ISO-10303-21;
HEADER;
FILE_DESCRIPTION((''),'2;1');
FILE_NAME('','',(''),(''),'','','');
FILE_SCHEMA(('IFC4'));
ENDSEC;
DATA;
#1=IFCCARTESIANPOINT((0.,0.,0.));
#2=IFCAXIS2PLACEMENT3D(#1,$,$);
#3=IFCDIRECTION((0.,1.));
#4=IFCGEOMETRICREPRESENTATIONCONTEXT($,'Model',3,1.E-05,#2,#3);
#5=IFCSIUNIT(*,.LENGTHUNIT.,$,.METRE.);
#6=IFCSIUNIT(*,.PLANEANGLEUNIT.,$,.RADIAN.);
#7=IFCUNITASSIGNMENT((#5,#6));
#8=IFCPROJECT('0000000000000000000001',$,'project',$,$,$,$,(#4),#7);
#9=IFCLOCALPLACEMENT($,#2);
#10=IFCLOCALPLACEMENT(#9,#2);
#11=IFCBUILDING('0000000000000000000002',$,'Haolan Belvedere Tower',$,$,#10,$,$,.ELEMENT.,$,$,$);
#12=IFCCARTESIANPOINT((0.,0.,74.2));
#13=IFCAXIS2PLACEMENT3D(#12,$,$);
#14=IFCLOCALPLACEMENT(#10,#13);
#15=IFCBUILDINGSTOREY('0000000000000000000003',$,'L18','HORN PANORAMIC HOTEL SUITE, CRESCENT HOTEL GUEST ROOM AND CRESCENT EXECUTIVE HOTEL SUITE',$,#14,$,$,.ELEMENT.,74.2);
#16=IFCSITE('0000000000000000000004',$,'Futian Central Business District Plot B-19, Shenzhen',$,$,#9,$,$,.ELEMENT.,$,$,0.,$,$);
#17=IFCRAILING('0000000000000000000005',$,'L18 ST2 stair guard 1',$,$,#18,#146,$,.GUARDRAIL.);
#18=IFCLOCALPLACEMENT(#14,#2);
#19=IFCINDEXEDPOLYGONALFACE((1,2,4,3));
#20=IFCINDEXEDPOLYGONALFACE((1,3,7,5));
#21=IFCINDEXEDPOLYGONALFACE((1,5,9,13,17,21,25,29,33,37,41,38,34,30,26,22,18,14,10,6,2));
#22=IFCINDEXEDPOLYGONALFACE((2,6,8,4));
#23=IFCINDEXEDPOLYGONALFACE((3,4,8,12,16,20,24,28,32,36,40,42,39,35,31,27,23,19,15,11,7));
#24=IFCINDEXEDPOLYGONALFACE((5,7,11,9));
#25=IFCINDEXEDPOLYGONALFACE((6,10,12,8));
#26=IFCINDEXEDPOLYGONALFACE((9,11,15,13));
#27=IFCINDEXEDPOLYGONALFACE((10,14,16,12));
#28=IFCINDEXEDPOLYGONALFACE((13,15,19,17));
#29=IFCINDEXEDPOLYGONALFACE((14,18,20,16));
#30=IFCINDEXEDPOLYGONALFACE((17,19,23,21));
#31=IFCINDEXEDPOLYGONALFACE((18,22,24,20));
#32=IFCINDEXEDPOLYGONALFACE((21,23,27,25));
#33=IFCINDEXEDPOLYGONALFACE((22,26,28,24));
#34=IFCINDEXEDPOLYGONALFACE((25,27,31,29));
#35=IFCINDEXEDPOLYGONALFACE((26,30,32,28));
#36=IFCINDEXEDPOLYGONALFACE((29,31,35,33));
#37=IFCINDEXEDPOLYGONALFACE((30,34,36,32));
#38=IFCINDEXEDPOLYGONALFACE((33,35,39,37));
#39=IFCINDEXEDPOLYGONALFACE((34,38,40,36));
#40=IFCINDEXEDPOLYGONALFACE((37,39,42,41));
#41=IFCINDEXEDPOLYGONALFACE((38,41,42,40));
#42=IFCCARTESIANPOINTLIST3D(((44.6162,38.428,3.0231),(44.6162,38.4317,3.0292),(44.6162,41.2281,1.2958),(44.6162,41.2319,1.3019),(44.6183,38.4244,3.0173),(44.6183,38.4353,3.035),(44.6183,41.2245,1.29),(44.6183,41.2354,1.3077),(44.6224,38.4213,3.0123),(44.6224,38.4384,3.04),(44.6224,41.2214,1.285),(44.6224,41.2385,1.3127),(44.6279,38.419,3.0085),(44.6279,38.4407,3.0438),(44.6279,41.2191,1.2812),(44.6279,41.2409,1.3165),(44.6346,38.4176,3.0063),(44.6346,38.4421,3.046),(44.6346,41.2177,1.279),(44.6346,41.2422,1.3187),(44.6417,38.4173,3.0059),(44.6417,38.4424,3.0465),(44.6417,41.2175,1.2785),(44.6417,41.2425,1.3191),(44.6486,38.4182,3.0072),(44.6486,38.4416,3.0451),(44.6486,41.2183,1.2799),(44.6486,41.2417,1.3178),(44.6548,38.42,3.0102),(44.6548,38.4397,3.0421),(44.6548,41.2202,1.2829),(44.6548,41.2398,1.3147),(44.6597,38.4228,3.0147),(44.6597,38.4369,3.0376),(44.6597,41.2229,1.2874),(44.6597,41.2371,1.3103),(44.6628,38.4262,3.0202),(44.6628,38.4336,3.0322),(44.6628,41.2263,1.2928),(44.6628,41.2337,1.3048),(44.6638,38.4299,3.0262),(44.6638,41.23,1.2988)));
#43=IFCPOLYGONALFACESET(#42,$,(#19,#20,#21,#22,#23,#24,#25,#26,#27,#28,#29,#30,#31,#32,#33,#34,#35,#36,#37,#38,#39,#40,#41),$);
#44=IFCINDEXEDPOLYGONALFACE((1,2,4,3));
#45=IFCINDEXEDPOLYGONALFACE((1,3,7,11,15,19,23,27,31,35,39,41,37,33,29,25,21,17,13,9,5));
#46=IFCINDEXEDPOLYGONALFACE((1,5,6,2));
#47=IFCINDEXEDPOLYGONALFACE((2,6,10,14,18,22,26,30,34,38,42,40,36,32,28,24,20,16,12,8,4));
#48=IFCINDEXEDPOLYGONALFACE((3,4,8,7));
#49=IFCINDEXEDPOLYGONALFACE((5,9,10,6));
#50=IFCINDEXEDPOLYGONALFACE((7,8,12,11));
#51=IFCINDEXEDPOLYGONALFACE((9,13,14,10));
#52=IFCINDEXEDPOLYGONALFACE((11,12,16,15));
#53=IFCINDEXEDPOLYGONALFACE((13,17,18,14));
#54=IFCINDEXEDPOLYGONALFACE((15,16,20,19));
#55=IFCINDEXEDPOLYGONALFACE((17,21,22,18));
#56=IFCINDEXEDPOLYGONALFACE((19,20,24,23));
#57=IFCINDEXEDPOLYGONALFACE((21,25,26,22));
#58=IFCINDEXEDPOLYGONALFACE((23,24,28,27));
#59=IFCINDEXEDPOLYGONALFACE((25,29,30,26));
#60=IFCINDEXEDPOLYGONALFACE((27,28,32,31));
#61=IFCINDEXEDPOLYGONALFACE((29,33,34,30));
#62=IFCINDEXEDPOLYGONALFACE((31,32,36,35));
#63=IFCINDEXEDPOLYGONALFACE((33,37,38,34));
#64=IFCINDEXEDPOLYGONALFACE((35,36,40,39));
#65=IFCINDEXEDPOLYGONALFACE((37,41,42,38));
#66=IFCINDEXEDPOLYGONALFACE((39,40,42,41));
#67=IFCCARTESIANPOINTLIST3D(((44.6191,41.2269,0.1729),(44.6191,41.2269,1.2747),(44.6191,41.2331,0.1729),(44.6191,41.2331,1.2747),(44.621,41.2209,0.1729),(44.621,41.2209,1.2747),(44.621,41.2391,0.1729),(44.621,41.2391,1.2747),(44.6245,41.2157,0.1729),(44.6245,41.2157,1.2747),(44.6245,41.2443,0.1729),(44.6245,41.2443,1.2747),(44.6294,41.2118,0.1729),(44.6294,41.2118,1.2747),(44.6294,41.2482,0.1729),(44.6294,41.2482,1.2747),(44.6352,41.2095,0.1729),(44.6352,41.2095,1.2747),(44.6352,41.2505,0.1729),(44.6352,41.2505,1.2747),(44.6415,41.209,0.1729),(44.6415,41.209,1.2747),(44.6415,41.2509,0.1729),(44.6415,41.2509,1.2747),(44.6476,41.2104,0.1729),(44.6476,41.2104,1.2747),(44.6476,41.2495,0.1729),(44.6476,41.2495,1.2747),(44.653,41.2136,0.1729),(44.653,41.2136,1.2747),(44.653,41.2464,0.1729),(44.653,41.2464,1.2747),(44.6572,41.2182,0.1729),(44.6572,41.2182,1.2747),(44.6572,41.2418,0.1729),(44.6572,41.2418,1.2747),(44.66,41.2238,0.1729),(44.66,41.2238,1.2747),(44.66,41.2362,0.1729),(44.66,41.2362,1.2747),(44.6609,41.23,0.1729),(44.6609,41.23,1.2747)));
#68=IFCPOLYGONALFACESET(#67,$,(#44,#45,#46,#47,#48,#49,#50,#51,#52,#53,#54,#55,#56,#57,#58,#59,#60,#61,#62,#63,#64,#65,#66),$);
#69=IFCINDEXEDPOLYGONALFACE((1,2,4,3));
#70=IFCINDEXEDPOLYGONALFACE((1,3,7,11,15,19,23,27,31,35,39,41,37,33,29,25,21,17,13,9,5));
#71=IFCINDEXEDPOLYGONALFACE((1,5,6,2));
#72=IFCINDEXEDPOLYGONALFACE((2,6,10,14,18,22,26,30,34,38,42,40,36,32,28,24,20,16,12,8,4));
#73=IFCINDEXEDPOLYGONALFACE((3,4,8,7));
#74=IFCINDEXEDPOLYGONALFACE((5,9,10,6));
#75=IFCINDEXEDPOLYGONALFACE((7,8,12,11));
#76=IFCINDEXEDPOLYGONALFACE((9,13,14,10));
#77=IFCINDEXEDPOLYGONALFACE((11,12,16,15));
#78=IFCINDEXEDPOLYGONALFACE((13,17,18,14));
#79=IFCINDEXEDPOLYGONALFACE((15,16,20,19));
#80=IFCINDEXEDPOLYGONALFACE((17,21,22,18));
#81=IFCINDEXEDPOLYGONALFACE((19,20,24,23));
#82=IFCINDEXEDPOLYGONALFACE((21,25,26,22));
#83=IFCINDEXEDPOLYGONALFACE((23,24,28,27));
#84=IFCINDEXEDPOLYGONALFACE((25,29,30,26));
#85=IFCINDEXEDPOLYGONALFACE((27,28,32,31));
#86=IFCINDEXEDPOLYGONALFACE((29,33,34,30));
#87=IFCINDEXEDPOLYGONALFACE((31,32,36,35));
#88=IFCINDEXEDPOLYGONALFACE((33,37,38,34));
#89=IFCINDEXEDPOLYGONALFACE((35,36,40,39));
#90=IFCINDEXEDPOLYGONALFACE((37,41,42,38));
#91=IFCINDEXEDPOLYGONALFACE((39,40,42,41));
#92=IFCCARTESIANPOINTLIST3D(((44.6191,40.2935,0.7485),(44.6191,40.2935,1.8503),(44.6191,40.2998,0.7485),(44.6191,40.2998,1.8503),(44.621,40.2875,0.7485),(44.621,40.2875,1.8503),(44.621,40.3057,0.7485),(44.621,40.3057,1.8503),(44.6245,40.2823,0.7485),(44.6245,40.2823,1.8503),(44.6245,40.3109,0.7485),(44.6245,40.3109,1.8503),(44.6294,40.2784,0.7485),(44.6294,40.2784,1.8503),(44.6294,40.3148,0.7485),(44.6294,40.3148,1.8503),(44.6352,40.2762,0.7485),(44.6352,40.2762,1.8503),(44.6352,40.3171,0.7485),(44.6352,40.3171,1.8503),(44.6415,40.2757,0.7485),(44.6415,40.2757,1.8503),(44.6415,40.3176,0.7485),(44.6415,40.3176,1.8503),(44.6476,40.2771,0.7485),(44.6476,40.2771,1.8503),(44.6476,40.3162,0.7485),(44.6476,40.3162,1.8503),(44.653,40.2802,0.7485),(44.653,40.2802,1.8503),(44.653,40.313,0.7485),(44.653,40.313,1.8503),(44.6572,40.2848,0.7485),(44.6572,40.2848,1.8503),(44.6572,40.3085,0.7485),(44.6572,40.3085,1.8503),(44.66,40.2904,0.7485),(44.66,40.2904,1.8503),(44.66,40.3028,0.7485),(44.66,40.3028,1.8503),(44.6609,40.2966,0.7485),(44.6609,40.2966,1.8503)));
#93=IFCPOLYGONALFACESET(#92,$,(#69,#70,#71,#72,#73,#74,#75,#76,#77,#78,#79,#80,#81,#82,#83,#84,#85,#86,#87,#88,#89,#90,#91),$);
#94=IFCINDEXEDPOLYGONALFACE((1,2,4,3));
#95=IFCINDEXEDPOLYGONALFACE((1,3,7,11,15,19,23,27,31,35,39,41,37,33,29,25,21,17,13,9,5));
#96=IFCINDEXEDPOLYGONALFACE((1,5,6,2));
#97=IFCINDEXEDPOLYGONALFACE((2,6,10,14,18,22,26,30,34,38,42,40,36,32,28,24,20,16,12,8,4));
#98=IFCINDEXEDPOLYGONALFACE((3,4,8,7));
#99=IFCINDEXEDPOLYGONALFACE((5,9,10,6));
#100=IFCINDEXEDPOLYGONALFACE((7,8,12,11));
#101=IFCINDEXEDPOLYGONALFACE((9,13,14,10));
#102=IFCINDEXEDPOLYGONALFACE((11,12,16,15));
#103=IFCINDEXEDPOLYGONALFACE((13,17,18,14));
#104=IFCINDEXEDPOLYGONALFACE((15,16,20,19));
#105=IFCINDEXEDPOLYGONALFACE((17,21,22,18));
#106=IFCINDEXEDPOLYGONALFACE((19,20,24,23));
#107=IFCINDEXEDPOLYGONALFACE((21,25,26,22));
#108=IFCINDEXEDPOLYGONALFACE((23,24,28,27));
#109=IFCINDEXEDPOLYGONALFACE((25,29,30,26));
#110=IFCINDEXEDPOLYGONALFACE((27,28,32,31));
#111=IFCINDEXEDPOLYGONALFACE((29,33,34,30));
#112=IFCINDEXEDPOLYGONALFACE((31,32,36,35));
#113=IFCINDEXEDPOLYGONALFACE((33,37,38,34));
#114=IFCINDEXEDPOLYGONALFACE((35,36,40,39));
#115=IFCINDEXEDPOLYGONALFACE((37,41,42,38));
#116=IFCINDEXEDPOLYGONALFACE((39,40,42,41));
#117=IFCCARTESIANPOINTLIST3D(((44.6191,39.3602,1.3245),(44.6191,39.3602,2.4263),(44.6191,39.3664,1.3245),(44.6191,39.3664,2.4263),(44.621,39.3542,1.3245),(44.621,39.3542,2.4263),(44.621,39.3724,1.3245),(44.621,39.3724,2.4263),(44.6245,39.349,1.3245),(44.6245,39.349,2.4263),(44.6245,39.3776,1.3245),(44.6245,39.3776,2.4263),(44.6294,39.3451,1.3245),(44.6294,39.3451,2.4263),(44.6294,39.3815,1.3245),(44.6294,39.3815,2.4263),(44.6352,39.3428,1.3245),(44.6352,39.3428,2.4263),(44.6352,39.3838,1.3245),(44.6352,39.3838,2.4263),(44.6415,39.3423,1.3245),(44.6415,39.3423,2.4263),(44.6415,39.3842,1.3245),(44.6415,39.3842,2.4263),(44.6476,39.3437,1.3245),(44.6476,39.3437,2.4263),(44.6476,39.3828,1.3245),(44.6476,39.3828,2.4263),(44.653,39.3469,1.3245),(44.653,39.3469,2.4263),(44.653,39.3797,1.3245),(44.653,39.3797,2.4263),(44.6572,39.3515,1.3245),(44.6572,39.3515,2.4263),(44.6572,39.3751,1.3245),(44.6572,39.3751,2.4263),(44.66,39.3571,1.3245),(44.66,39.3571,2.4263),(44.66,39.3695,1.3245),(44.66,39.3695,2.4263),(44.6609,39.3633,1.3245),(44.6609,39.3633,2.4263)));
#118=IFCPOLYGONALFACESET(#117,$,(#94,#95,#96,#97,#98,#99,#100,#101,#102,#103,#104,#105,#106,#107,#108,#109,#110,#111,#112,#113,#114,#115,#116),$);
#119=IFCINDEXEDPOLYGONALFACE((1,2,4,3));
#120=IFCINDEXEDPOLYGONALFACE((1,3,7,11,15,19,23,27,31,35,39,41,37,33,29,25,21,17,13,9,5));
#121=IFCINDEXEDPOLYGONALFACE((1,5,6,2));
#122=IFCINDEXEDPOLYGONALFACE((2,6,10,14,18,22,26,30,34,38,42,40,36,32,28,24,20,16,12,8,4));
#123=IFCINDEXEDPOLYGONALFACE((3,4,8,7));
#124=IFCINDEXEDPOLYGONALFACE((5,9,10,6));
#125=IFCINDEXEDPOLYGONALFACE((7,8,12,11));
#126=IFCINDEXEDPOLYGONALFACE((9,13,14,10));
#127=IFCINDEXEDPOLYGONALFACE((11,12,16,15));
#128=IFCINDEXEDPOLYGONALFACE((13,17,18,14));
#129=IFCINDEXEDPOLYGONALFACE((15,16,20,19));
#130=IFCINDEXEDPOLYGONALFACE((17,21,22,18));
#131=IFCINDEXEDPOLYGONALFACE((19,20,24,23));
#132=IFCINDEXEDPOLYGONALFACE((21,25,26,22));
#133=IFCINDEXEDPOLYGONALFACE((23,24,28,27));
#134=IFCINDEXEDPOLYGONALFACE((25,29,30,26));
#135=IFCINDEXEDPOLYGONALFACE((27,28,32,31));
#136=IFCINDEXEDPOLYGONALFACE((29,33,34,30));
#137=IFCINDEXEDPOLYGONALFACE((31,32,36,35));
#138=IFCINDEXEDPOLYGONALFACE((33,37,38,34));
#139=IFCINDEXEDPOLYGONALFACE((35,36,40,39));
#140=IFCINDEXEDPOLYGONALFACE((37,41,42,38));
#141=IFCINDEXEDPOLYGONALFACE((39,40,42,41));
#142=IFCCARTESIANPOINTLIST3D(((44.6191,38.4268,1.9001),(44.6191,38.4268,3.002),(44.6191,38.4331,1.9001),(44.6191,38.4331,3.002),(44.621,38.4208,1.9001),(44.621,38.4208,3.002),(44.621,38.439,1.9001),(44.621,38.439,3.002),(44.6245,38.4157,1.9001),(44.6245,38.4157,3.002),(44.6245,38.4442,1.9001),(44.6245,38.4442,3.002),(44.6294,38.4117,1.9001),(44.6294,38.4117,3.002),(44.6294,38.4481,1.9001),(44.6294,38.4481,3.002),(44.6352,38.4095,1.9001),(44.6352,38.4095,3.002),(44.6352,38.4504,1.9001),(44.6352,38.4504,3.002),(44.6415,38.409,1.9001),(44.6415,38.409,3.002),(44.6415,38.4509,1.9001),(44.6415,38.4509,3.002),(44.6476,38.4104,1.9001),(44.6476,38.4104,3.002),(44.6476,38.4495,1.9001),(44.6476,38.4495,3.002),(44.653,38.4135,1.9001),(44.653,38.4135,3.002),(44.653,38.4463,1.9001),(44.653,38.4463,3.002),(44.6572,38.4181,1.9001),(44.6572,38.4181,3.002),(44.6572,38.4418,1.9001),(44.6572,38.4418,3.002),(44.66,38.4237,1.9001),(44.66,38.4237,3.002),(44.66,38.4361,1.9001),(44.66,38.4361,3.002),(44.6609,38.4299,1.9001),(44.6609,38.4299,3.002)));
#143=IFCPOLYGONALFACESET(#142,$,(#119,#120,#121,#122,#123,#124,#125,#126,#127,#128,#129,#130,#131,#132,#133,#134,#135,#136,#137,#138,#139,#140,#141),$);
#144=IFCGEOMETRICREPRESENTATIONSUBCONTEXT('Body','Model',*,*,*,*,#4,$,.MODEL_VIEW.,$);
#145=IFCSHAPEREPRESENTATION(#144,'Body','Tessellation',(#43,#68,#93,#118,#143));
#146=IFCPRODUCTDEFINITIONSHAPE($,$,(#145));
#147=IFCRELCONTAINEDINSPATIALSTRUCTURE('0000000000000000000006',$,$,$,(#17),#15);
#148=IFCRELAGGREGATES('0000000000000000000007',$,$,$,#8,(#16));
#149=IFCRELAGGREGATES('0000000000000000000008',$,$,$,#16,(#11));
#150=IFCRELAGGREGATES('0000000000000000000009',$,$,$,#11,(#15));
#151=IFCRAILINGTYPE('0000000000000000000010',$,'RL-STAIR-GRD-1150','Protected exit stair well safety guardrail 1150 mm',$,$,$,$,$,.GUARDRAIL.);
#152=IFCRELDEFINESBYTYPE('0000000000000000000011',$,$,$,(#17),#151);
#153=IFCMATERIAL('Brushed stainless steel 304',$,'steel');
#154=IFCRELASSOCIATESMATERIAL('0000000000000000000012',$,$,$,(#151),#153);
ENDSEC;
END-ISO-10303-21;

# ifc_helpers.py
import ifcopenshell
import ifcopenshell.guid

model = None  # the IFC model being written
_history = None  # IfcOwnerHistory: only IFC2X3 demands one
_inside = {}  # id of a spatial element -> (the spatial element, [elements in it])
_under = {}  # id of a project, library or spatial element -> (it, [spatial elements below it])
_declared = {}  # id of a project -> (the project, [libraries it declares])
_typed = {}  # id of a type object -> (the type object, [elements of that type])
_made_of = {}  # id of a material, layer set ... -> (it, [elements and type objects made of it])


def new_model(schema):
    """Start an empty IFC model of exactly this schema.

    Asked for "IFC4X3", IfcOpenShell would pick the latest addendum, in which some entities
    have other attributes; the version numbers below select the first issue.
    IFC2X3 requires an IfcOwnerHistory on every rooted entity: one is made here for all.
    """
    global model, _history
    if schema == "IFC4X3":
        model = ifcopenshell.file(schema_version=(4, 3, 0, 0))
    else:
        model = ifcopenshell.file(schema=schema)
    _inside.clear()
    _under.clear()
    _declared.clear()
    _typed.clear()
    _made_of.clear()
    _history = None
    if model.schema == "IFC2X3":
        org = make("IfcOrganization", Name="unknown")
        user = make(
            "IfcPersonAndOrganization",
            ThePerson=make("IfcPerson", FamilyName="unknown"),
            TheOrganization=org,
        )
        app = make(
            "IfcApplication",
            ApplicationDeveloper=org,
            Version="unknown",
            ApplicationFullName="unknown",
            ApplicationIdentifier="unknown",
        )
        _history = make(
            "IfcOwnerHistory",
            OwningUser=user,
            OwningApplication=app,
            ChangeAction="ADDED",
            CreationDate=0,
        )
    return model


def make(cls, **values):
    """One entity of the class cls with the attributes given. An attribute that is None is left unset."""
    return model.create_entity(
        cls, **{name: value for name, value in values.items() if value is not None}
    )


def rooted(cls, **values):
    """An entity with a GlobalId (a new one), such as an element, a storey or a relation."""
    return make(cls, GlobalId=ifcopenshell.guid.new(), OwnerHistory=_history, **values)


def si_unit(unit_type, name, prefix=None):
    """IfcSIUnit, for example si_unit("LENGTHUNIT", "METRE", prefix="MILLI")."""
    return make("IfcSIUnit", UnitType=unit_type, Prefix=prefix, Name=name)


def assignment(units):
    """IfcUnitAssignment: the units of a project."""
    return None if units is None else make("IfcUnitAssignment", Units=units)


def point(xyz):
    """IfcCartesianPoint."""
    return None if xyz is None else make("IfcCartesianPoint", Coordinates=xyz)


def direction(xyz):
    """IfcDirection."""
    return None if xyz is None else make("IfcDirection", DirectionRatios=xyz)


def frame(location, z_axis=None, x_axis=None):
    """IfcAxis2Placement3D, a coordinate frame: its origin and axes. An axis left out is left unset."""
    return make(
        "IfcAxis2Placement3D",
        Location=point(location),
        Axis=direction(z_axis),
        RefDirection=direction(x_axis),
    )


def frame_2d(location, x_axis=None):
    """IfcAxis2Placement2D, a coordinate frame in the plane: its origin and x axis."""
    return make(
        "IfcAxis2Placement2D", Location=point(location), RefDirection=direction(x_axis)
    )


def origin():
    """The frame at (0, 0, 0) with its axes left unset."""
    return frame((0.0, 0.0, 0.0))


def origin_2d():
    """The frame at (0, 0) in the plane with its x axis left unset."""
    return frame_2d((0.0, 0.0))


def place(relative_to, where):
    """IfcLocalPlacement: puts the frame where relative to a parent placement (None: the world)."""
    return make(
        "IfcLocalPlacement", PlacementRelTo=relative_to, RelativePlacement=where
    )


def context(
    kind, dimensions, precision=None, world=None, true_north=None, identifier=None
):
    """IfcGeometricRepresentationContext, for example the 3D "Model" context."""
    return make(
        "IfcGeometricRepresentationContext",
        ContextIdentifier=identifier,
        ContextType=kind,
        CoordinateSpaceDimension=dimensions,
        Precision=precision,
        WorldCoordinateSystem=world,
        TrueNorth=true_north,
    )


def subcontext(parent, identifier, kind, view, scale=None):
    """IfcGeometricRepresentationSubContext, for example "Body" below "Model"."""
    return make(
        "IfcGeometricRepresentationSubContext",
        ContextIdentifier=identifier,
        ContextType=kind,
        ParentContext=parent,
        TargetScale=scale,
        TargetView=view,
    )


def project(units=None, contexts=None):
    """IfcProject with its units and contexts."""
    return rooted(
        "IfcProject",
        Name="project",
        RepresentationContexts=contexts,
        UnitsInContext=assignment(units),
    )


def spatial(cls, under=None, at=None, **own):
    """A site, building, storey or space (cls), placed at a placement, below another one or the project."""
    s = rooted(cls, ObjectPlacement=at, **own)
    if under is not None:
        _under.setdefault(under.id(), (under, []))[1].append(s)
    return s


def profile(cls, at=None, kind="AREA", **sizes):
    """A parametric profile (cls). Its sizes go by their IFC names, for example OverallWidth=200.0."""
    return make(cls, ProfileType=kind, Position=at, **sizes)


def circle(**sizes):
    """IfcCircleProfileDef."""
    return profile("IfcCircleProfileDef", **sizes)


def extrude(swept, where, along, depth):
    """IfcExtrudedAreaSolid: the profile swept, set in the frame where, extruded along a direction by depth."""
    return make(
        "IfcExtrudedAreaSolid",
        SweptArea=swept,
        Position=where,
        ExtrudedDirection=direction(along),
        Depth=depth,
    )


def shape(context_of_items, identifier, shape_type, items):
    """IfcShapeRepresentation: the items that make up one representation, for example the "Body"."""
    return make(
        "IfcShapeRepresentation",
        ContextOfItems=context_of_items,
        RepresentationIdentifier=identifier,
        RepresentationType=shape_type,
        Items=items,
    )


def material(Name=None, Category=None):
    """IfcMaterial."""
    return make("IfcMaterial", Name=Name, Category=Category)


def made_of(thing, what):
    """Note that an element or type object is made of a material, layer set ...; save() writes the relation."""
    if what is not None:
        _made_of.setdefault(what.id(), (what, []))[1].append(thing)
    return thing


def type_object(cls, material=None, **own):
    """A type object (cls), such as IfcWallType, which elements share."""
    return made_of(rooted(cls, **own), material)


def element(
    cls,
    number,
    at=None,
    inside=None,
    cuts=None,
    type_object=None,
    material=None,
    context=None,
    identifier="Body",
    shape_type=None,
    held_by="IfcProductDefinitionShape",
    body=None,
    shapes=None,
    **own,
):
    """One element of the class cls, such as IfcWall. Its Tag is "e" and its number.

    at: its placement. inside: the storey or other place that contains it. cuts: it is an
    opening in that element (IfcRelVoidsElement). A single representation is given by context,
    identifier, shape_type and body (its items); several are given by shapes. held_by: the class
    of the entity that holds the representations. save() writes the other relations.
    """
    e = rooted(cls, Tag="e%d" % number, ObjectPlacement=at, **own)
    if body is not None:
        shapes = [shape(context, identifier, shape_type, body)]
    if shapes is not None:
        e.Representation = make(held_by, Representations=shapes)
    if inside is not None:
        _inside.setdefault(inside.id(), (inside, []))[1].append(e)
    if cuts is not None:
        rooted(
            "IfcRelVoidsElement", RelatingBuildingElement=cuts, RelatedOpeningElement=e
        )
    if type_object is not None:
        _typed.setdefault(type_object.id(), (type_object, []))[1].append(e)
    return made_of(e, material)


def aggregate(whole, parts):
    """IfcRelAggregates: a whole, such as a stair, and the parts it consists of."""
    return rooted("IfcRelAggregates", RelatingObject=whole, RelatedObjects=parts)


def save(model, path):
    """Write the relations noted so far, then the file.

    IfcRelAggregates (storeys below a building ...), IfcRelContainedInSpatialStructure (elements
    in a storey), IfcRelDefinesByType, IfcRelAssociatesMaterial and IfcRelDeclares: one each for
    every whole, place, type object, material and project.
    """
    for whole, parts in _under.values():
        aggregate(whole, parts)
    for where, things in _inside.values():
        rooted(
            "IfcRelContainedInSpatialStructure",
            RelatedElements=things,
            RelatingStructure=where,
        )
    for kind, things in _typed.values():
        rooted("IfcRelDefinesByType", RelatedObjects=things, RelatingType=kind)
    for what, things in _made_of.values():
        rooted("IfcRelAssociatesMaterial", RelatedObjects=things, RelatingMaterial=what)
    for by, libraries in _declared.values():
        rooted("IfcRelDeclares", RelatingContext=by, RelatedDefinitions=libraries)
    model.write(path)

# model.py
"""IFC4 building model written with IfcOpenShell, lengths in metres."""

from ifc_helpers import new_model, si_unit, direction, frame, origin, origin_2d, place, context, subcontext, project, spatial, circle, extrude, material, type_object, element, save


model = new_model("IFC4")

# Units and contexts
model_context = context("Model", 3, precision=1e-05, world=origin(), true_north=direction((0.0, 1.0)))
body_context = subcontext(model_context, "Body", "Model", "MODEL_VIEW")
ifc_project = project(units=[si_unit("LENGTHUNIT", "METRE"), si_unit("PLANEANGLEUNIT", "RADIAN")], contexts=[model_context])

# Site, building, storey
site_placement = place(None, origin())
site = spatial("IfcSite", under=ifc_project, at=site_placement, Name="Futian Central Business District Plot B-19, Shenzhen", CompositionType="ELEMENT", RefElevation=0.0)
building_placement = place(site_placement, origin())
building = spatial("IfcBuilding", under=site, at=building_placement, Name="Haolan Belvedere Tower", CompositionType="ELEMENT")
storey_placement = place(building_placement, frame((0.0, 0.0, 74.2)))
storey = spatial("IfcBuildingStorey", under=building, at=storey_placement, Name="L18", Description="HORN PANORAMIC HOTEL SUITE, CRESCENT HOTEL GUEST ROOM AND CRESCENT EXECUTIVE HOTEL SUITE", CompositionType="ELEMENT", Elevation=74.2)

# Railing
ifc_material_1 = material(Name="Brushed stainless steel 304", Category="steel")
railing_type_1 = type_object("IfcRailingType", Name="RL-STAIR-GRD-1150", Description="Protected exit stair well safety guardrail 1150 mm", PredefinedType="GUARDRAIL", material=ifc_material_1)
railing_1_placement = place(storey_placement, frame((44.6399, 41.23, 0.1729)))
element("IfcRailing", 1, at=railing_1_placement, inside=storey, type_object=railing_type_1, Name="L18 ST2 stair guard 1", PredefinedType="GUARDRAIL", context=body_context, shape_type="SweptSolid", body=[
    extrude(circle(Radius=0.0239, at=origin_2d()), frame((0.0, 0.0, 1.126), z_axis=(0.0, -0.85109, 0.52502), x_axis=(1.0, 0.0, 0.0)), (0.0, 0.0, 1.0), 3.29),
    extrude(circle(Radius=0.021, at=origin_2d()), origin(), (0.0, 0.0, 1.0), 1.1018),
    extrude(circle(Radius=0.021, at=origin_2d()), frame((0.0, -0.9333, 0.5757)), (0.0, 0.0, 1.0), 1.1018),
    extrude(circle(Radius=0.021, at=origin_2d()), frame((0.0, -1.8667, 1.1516)), (0.0, 0.0, 1.0), 1.1018),
    extrude(circle(Radius=0.021, at=origin_2d()), frame((0.0, -2.8, 1.7273)), (0.0, 0.0, 1.0), 1.1018),
])

save(model, "model.ifc")
